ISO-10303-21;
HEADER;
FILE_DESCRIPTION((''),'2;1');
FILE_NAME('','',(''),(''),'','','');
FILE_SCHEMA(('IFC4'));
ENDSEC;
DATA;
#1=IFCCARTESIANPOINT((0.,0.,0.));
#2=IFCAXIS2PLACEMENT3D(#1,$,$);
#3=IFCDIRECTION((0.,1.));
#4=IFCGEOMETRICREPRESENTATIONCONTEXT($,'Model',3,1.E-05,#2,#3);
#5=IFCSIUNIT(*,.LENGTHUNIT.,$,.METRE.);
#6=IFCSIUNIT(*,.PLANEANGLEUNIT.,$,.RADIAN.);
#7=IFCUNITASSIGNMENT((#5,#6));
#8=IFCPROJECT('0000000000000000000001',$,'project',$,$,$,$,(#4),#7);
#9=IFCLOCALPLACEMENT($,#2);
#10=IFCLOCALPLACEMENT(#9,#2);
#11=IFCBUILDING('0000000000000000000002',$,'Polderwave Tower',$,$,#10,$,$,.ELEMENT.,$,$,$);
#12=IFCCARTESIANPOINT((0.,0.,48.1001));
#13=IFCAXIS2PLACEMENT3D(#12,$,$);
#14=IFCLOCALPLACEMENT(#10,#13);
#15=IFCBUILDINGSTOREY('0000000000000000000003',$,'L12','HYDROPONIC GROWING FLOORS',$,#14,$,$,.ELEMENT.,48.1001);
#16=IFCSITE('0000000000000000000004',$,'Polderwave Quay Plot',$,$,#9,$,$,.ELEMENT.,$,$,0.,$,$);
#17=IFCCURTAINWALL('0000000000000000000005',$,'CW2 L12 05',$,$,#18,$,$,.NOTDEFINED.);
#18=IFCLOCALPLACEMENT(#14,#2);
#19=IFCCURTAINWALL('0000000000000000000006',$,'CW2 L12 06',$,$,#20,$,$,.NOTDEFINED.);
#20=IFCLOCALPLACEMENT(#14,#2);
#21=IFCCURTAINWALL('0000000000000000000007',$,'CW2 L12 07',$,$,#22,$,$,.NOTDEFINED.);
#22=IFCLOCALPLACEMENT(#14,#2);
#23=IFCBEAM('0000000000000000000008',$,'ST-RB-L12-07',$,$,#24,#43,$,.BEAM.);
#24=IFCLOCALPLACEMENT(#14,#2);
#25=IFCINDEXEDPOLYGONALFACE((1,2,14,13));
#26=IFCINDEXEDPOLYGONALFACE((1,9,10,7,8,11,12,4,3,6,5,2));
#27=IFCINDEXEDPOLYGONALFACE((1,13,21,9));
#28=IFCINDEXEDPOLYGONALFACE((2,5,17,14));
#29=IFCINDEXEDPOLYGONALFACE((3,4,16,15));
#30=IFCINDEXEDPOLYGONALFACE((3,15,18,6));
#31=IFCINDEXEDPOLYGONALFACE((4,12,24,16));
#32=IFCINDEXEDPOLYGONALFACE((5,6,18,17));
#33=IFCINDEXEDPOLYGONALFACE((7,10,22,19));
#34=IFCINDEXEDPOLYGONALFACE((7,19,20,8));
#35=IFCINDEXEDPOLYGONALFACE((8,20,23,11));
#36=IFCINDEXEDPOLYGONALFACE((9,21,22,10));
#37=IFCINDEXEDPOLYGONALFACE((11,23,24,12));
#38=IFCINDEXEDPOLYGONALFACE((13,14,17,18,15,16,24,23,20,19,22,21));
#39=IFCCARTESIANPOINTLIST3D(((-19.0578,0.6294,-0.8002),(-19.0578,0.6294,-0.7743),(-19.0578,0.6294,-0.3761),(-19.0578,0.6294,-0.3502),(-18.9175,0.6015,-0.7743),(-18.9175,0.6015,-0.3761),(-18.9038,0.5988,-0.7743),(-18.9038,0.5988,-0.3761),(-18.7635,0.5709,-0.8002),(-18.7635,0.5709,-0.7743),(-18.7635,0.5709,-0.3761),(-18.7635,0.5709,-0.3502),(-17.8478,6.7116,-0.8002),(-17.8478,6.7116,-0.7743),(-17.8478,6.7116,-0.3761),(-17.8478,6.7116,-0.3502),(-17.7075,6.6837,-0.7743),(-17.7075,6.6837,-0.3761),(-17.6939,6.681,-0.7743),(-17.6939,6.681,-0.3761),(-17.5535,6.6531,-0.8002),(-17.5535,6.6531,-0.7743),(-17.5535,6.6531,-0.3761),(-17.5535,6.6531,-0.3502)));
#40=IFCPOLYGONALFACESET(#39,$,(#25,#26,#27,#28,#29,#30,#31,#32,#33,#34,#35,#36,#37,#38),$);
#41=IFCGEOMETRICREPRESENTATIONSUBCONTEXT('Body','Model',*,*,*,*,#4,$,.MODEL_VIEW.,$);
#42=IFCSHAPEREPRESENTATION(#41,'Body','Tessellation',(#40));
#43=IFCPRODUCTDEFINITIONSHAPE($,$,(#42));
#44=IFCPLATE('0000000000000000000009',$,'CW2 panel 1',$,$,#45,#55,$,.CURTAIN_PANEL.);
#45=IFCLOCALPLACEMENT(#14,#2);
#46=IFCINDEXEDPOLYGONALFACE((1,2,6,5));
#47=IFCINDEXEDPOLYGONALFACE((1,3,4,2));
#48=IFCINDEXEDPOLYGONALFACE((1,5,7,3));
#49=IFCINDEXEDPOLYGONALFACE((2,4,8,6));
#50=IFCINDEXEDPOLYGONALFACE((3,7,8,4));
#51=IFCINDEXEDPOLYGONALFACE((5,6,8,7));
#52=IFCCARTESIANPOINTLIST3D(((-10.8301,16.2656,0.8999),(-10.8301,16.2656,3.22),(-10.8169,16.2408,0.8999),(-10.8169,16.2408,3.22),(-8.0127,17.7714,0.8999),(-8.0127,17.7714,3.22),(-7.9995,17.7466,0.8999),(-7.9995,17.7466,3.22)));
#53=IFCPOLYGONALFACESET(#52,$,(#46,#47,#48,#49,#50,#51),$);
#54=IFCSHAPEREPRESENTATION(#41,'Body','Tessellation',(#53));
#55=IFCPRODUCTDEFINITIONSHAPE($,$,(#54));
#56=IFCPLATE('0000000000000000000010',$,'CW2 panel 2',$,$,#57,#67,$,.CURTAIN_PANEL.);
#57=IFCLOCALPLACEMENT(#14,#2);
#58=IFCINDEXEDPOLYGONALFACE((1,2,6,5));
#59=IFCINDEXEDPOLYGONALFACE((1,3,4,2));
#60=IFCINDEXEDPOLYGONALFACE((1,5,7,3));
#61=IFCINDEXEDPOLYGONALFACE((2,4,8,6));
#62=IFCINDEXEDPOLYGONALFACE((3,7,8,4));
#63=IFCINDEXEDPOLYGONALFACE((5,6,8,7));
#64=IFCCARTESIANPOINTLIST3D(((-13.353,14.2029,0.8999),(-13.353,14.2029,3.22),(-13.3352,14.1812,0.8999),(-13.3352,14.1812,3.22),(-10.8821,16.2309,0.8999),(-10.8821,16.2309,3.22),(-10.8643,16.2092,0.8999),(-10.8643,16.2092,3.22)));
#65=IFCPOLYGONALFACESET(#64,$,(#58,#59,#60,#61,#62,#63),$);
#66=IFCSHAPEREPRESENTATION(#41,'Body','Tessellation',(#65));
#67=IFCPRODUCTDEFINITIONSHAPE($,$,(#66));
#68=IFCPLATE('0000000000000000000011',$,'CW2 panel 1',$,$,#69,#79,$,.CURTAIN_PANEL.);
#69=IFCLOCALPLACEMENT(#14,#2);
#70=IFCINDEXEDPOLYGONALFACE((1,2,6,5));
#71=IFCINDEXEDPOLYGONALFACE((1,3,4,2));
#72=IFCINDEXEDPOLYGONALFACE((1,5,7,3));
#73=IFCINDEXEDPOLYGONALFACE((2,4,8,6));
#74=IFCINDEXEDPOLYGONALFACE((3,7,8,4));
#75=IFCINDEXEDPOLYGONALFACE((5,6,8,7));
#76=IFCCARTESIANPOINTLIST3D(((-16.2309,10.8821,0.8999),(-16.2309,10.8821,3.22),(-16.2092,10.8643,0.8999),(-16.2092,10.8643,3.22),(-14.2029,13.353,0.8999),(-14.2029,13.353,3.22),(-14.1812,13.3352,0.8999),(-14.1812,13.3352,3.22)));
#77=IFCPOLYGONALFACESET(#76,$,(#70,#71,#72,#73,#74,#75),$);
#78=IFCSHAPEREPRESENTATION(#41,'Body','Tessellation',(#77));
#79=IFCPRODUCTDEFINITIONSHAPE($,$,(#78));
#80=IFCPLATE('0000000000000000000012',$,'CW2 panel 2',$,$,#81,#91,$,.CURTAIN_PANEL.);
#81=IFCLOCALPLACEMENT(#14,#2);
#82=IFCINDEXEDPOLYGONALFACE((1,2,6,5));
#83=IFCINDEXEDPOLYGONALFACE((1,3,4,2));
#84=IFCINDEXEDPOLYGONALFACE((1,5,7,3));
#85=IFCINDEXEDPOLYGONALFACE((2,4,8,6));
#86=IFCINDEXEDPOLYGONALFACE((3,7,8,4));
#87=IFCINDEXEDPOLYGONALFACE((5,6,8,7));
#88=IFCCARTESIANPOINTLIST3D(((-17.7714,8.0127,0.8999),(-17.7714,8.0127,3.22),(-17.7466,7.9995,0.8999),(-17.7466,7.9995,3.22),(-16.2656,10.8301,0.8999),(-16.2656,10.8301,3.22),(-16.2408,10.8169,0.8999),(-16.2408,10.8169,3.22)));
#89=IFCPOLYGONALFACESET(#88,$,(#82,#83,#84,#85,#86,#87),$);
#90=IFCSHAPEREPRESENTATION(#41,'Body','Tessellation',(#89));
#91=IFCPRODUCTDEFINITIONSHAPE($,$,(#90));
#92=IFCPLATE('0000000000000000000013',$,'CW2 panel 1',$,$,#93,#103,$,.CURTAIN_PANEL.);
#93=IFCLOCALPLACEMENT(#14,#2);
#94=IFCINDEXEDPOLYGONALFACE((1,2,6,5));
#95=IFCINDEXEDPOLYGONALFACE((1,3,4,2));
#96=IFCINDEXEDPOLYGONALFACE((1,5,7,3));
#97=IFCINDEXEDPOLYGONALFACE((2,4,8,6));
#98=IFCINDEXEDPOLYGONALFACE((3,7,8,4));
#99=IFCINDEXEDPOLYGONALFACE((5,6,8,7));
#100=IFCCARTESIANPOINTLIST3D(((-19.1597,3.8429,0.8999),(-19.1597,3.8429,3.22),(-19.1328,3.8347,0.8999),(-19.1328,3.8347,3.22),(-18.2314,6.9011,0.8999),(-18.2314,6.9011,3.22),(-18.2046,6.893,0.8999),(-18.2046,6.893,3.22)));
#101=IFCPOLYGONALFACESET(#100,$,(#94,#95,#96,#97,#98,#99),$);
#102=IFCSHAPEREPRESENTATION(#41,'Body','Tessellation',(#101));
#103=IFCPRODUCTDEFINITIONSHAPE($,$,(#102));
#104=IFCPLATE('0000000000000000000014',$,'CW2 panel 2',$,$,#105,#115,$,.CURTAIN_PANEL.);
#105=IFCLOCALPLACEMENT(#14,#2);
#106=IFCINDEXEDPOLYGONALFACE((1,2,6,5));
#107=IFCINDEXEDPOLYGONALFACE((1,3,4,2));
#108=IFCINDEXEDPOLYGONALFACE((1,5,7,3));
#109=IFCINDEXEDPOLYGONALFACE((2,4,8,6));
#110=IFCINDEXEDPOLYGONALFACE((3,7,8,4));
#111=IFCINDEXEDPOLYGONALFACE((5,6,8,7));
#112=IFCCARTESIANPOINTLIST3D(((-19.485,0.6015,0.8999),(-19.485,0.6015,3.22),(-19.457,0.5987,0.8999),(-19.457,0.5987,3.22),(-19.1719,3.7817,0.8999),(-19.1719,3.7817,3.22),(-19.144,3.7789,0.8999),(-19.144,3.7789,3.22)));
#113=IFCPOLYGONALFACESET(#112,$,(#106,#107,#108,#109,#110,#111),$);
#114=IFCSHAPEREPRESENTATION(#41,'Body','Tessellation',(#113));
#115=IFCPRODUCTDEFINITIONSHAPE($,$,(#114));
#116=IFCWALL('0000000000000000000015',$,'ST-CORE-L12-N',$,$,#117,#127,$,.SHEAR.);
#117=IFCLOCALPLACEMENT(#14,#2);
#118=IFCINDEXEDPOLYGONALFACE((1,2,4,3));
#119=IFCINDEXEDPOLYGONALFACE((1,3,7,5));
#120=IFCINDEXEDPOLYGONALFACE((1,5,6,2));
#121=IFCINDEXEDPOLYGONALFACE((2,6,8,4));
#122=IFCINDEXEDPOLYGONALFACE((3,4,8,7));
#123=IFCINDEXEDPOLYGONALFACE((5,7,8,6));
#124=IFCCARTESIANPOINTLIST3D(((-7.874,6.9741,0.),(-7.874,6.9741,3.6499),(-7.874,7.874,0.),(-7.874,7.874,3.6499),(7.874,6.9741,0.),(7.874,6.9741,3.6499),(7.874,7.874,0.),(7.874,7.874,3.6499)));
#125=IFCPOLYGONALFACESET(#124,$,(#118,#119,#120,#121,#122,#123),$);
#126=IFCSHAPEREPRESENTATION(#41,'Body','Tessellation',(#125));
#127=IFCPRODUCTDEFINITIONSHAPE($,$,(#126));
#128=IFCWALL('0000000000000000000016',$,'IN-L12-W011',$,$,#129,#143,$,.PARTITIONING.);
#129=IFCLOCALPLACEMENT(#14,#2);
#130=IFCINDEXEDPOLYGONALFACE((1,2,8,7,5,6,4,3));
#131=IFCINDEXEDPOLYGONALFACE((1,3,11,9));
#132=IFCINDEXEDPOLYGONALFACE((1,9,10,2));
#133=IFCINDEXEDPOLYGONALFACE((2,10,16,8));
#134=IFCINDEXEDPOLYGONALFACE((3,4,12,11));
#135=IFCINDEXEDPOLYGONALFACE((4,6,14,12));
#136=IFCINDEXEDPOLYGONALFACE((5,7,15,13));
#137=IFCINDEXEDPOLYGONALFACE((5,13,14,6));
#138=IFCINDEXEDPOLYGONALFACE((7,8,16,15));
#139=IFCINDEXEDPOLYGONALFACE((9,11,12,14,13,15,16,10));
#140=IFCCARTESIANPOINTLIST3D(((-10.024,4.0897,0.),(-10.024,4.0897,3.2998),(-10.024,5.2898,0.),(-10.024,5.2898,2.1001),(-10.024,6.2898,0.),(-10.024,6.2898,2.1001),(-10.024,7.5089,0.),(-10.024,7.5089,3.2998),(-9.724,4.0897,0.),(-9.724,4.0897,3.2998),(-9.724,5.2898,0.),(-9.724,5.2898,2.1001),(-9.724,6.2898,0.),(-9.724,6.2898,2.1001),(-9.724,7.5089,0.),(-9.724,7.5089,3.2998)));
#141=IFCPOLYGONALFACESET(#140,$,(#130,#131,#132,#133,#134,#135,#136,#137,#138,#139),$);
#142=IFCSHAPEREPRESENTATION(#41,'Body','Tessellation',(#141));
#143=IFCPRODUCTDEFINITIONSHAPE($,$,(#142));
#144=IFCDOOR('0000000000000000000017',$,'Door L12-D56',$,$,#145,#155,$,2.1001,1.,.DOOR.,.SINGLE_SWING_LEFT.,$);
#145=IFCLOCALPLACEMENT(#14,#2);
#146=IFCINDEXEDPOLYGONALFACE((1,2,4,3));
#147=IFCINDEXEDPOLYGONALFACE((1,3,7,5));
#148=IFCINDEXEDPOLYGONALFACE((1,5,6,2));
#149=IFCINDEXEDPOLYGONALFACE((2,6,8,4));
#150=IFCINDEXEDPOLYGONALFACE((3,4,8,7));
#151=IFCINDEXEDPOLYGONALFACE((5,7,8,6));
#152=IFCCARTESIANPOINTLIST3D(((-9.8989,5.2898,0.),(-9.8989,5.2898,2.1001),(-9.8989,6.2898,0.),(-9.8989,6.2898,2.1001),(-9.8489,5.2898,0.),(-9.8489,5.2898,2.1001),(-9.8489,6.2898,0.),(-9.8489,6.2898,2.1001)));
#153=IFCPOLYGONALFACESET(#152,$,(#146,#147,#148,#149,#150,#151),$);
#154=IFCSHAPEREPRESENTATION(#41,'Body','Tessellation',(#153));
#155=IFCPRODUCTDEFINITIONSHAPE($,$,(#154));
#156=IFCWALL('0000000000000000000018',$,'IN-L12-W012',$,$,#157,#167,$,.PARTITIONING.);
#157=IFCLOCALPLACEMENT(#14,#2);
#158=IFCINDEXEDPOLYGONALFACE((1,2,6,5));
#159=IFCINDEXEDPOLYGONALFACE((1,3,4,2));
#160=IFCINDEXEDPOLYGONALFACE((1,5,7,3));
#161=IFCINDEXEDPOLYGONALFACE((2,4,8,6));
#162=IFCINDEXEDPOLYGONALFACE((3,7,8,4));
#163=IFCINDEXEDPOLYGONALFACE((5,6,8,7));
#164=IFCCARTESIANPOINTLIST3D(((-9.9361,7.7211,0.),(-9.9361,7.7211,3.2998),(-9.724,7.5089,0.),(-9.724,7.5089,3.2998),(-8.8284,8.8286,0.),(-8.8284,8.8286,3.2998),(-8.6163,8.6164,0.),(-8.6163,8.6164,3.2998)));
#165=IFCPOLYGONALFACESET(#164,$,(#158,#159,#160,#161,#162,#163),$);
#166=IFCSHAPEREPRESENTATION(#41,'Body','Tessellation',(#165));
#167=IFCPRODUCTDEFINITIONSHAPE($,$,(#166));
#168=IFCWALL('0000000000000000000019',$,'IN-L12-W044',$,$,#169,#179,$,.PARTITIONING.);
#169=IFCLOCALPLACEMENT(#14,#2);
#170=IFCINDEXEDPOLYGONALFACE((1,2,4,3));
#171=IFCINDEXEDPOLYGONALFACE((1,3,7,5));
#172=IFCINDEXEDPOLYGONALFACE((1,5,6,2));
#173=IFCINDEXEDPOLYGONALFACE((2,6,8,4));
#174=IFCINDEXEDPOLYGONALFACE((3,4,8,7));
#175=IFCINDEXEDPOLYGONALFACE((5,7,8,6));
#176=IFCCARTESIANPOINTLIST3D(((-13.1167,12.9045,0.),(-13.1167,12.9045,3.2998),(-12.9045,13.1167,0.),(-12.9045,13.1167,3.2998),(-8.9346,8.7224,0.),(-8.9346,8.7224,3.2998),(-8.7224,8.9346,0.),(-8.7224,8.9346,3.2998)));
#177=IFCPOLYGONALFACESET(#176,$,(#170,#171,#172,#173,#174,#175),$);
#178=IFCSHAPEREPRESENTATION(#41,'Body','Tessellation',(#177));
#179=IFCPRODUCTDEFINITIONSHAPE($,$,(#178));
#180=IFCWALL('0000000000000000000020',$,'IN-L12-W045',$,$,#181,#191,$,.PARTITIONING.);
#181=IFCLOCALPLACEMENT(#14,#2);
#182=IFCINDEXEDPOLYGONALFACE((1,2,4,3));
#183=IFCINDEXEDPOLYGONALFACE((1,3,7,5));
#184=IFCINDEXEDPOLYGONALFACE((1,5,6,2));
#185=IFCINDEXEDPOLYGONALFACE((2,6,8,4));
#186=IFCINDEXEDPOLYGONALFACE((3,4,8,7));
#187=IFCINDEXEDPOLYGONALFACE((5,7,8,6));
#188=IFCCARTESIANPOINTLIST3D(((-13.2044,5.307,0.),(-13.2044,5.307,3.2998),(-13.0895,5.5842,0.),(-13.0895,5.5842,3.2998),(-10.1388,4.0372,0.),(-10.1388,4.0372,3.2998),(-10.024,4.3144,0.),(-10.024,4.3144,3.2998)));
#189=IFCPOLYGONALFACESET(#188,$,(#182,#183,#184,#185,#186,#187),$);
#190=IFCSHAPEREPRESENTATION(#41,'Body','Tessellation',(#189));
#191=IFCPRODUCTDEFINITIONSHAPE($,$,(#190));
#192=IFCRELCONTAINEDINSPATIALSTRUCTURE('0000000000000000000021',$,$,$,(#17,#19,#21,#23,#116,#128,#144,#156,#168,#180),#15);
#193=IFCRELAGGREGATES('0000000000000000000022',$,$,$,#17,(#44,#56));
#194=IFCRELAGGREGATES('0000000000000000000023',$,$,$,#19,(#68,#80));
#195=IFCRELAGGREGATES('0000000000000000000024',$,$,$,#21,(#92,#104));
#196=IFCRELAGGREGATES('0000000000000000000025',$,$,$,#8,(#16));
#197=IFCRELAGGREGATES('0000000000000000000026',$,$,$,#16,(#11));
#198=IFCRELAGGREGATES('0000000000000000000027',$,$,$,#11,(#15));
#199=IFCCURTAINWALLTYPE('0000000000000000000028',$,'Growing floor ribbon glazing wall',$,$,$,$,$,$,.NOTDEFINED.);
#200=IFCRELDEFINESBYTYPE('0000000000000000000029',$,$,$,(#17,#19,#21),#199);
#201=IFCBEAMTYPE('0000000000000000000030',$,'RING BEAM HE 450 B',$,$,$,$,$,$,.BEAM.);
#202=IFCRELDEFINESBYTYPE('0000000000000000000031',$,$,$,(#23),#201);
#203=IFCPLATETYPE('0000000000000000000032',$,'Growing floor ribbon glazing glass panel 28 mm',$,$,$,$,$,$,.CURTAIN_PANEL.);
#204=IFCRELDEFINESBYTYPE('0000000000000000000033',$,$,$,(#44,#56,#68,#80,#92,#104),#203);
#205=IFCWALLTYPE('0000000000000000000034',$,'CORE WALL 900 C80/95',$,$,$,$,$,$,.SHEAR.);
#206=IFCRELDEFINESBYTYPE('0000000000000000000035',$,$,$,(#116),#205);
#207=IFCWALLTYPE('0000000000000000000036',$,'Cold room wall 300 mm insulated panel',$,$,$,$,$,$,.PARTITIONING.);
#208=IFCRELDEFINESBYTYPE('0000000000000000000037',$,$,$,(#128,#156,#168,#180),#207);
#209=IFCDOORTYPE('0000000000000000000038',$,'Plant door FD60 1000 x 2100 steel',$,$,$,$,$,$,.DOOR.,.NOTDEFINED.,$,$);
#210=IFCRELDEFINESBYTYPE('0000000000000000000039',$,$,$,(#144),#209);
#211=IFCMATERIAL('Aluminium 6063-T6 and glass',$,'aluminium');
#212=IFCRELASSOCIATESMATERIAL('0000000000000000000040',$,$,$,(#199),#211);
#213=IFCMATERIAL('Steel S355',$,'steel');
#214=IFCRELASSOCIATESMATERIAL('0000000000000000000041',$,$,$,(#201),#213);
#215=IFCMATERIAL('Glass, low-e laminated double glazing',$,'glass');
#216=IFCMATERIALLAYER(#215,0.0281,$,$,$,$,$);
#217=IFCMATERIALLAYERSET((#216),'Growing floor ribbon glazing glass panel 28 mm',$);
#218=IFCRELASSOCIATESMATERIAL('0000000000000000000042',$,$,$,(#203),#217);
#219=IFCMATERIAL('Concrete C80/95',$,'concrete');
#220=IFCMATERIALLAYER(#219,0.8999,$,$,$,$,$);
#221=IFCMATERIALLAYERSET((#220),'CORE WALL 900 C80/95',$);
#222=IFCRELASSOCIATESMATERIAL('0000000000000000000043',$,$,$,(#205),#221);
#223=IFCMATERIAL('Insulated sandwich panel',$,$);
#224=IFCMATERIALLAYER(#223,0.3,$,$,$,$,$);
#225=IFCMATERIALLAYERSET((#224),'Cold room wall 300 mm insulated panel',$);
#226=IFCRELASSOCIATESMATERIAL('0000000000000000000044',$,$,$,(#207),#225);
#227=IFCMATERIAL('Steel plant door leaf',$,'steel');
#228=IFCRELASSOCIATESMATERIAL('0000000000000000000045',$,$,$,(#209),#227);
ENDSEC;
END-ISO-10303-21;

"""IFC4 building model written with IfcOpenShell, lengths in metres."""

from ifc_helpers import new_model, si_unit, direction, frame, frame_2d, origin, origin_2d, place, context, subcontext, project, spatial, rectangle, i_section, extrude, material, layer, layer_set, material_profile, profile_set, type_object, element, fill, aggregate, save


model = new_model("IFC4")

# Units and contexts
model_context = context("Model", 3, precision=1e-05, world=origin(), true_north=direction((0.0, 1.0)))
body_context = subcontext(model_context, "Body", "Model", "MODEL_VIEW")
ifc_project = project(units=[si_unit("LENGTHUNIT", "METRE"), si_unit("PLANEANGLEUNIT", "RADIAN")], contexts=[model_context])

# Site, building, storey
site_placement = place(None, origin())
site = spatial("IfcSite", under=ifc_project, at=site_placement, Name="Polderwave Quay Plot", CompositionType="ELEMENT", RefElevation=0.0)
building_placement = place(site_placement, origin())
building = spatial("IfcBuilding", under=site, at=building_placement, Name="Polderwave Tower", CompositionType="ELEMENT")
storey_placement = place(building_placement, frame((0.0, 0.0, 48.1001)))
storey = spatial("IfcBuildingStorey", under=building, at=storey_placement, Name="L12", Description="HYDROPONIC GROWING FLOORS", CompositionType="ELEMENT", Elevation=48.1001)

# Curtain walls
ifc_material_1 = material(Name="Aluminium 6063-T6 and glass", Category="aluminium")
curtain_wall_type = type_object("IfcCurtainWallType", Name="Growing floor ribbon glazing wall", PredefinedType="NOTDEFINED", material=ifc_material_1)
curtain_wall_1_placement = place(storey_placement, origin())
curtain_wall_1 = element("IfcCurtainWall", 1, at=curtain_wall_1_placement, inside=storey, type_object=curtain_wall_type, Name="CW2 L12 05", PredefinedType="NOTDEFINED")
curtain_wall_2_placement = place(storey_placement, origin())
curtain_wall_2 = element("IfcCurtainWall", 2, at=curtain_wall_2_placement, inside=storey, type_object=curtain_wall_type, Name="CW2 L12 06", PredefinedType="NOTDEFINED")
curtain_wall_3_placement = place(storey_placement, origin())
curtain_wall_3 = element("IfcCurtainWall", 3, at=curtain_wall_3_placement, inside=storey, type_object=curtain_wall_type, Name="CW2 L12 07", PredefinedType="NOTDEFINED")

# Beam
ifc_material_2 = material(Name="Steel S355", Category="steel")
ifc_material_profile_1 = material_profile(ifc_material_2, i_section(OverallWidth=0.3, OverallDepth=0.45, WebThickness=0.0139, FlangeThickness=0.0259, at=origin_2d()), Name="HE 450 B")
ifc_profile_set_1 = profile_set([ifc_material_profile_1], Name="Steel S355")
beam_type = type_object("IfcBeamType", Name="RING BEAM HE 450 B", PredefinedType="BEAM", material=ifc_profile_set_1)
beam_placement = place(storey_placement, frame((-17.7007, 6.6824, -0.5752), z_axis=(-0.195109, -0.980782, 0.0), x_axis=(0.980782, -0.195109, 0.0)))
element("IfcBeam", 4, at=beam_placement, inside=storey, type_object=beam_type, Name="ST-RB-L12-07", PredefinedType="BEAM", context=body_context, shape_type="SweptSolid", body=[
    extrude(i_section(OverallWidth=0.3, OverallDepth=0.45, WebThickness=0.0139, FlangeThickness=0.0259, at=origin_2d()), origin(), (0.0, 0.0, 1.0), 6.2014),
])

# Plates
ifc_material_3 = material(Name="Glass, low-e laminated double glazing", Category="glass")
ifc_layer_1 = layer(ifc_material_3, 0.0281)
ifc_layer_set_1 = layer_set([ifc_layer_1], Name="Growing floor ribbon glazing glass panel 28 mm")
plate_type = type_object("IfcPlateType", Name="Growing floor ribbon glazing glass panel 28 mm", PredefinedType="CURTAIN_PANEL", material=ifc_layer_set_1)
plate_1_placement = place(storey_placement, frame((-9.4148, 17.0061, 0.8999), z_axis=(0.0, 0.0, 1.0), x_axis=(-0.88194, -0.471361, 0.0)))
plate_1 = element("IfcPlate", 5, at=plate_1_placement, type_object=plate_type, Name="CW2 panel 1", PredefinedType="CURTAIN_PANEL", context=body_context, shape_type="SweptSolid", body=[
    extrude(rectangle(XDim=3.1946, YDim=0.0281, at=origin_2d()), origin(), (0.0, 0.0, 1.0), 2.3201),
])
plate_2_placement = place(storey_placement, frame((-12.1086, 15.2061, 0.8999), z_axis=(0.0, 0.0, 1.0), x_axis=(-0.772976, -0.634435, 0.0)))
plate_2 = element("IfcPlate", 6, at=plate_2_placement, type_object=plate_type, Name="CW2 panel 2", PredefinedType="CURTAIN_PANEL", context=body_context, shape_type="SweptSolid", body=[
    extrude(rectangle(XDim=3.1965, YDim=0.0281, at=origin_2d()), origin(), (0.0, 0.0, 1.0), 2.3201),
])
aggregate(curtain_wall_1, [plate_1, plate_2])
plate_3_placement = place(storey_placement, frame((-15.2061, 12.1086, 0.8999), z_axis=(0.0, 0.0, 1.0), x_axis=(-0.634435, -0.772976, 0.0)))
plate_3 = element("IfcPlate", 7, at=plate_3_placement, type_object=plate_type, Name="CW2 panel 1", PredefinedType="CURTAIN_PANEL", context=body_context, shape_type="SweptSolid", body=[
    extrude(rectangle(XDim=3.1965, YDim=0.0281, at=origin_2d()), origin(), (0.0, 0.0, 1.0), 2.3201),
])
plate_4_placement = place(storey_placement, frame((-17.0061, 9.4148, 0.8999), z_axis=(0.0, 0.0, 1.0), x_axis=(-0.471361, -0.88194, 0.0)))
plate_4 = element("IfcPlate", 8, at=plate_4_placement, type_object=plate_type, Name="CW2 panel 2", PredefinedType="CURTAIN_PANEL", context=body_context, shape_type="SweptSolid", body=[
    extrude(rectangle(XDim=3.1946, YDim=0.0281, at=origin_2d()), origin(), (0.0, 0.0, 1.0), 2.3201),
])
aggregate(curtain_wall_2, [plate_3, plate_4])
plate_5_placement = place(storey_placement, frame((-18.6821, 5.3679, 0.8999), z_axis=(0.0, 0.0, 1.0), x_axis=(-0.290447, -0.956891, 0.0)))
plate_5 = element("IfcPlate", 9, at=plate_5_placement, type_object=plate_type, Name="CW2 panel 1", PredefinedType="CURTAIN_PANEL", context=body_context, shape_type="SweptSolid", body=[
    extrude(rectangle(XDim=3.196, YDim=0.0281, at=origin_2d()), origin(), (0.0, 0.0, 1.0), 2.3201),
])
plate_6_placement = place(storey_placement, frame((-19.3145, 2.1902, 0.8999), z_axis=(0.0, 0.0, 1.0), x_axis=(-0.097969, -0.99519, 0.0)))
plate_6 = element("IfcPlate", 10, at=plate_6_placement, type_object=plate_type, Name="CW2 panel 2", PredefinedType="CURTAIN_PANEL", context=body_context, shape_type="SweptSolid", body=[
    extrude(rectangle(XDim=3.1956, YDim=0.0281, at=origin_2d()), origin(), (0.0, 0.0, 1.0), 2.3201),
])
aggregate(curtain_wall_3, [plate_5, plate_6])

# Wall
ifc_material_4 = material(Name="Concrete C80/95", Category="concrete")
ifc_layer_2 = layer(ifc_material_4, 0.8999)
ifc_layer_set_2 = layer_set([ifc_layer_2], Name="CORE WALL 900 C80/95")
wall_type_1 = type_object("IfcWallType", Name="CORE WALL 900 C80/95", PredefinedType="SHEAR", material=ifc_layer_set_2)
wall_1_placement = place(storey_placement, frame((-7.874, 7.4241, 0.0), z_axis=(0.0, 0.0, 1.0), x_axis=(1.0, 0.0, 0.0)))
element("IfcWall", 11, at=wall_1_placement, inside=storey, type_object=wall_type_1, Name="ST-CORE-L12-N", PredefinedType="SHEAR", context=body_context, shape_type="SweptSolid", body=[
    extrude(rectangle(XDim=15.748, YDim=0.8999, at=frame_2d((7.874, 0.0))), origin(), (0.0, 0.0, 1.0), 3.6499),
])

# Wall, opening, door
ifc_material_5 = material(Name="Insulated sandwich panel")
ifc_layer_3 = layer(ifc_material_5, 0.3)
ifc_layer_set_3 = layer_set([ifc_layer_3], Name="Cold room wall 300 mm insulated panel")
wall_type_2 = type_object("IfcWallType", Name="Cold room wall 300 mm insulated panel", PredefinedType="PARTITIONING", material=ifc_layer_set_3)
wall_2_placement = place(storey_placement, frame((-9.874, 4.0898, 0.0), z_axis=(0.0, 0.0, 1.0), x_axis=(0.0, 1.0, 0.0)))
wall_2 = element("IfcWall", 12, at=wall_2_placement, inside=storey, type_object=wall_type_2, Name="IN-L12-W011", PredefinedType="PARTITIONING", context=body_context, shape_type="SweptSolid", body=[
    extrude(rectangle(XDim=3.4192, YDim=0.3, at=frame_2d((1.7095, 0.0))), origin(), (0.0, 0.0, 1.0), 3.2998),
])
opening_placement = place(wall_2_placement, frame((1.2, 0.0, 0.0)))
opening = element("IfcOpeningElement", 13, at=opening_placement, cuts=wall_2, PredefinedType="OPENING", context=body_context, shape_type="SweptSolid", body=[
    extrude(rectangle(XDim=1.0, YDim=2.1001, at=frame_2d((0.5, 1.05))), frame((0.0, 0.1599, 0.0), z_axis=(0.0, -1.0, 0.0), x_axis=(1.0, 0.0, 0.0)), (0.0, 0.0, 1.0), 0.3201),
])
ifc_material_6 = material(Name="Steel plant door leaf", Category="steel")
door_type = type_object("IfcDoorType", Name="Plant door FD60 1000 x 2100 steel", OperationType="NOTDEFINED", PredefinedType="DOOR", material=ifc_material_6)
door_placement = place(opening_placement, origin())
door = element("IfcDoor", 14, at=door_placement, inside=storey, type_object=door_type, Name="Door L12-D56", OperationType="SINGLE_SWING_LEFT", OverallHeight=2.1001, OverallWidth=1.0, PredefinedType="DOOR", context=body_context, shape_type="SweptSolid", body=[
    extrude(rectangle(XDim=1.0, YDim=2.1001, at=frame_2d((0.5, 1.05))), frame((0.0, 0.0249, 0.0), z_axis=(0.0, -1.0, 0.0), x_axis=(1.0, 0.0, 0.0)), (0.0, 0.0, 1.0), 0.05),
])
fill(opening, door)

# Walls
wall_3_placement = place(storey_placement, frame((-9.8301, 7.615, 0.0), z_axis=(0.0, 0.0, 1.0), x_axis=(0.707185, 0.707029, 0.0)))
element("IfcWall", 15, at=wall_3_placement, inside=storey, type_object=wall_type_2, Name="IN-L12-W012", PredefinedType="PARTITIONING", context=body_context, shape_type="SweptSolid", body=[
    extrude(rectangle(XDim=1.5664, YDim=0.3, at=frame_2d((0.7832, 0.0))), origin(), (0.0, 0.0, 1.0), 3.2998),
])
wall_4_placement = place(storey_placement, frame((-8.8286, 8.8286, 0.0), z_axis=(0.0, 0.0, 1.0), x_axis=(-0.707107, 0.707107, 0.0)))
element("IfcWall", 16, at=wall_4_placement, inside=storey, type_object=wall_type_2, Name="IN-L12-W044", PredefinedType="PARTITIONING", context=body_context, shape_type="SweptSolid", body=[
    extrude(rectangle(XDim=5.9143, YDim=0.3, at=frame_2d((2.957, 0.0))), origin(), (0.0, 0.0, 1.0), 3.2998),
])
wall_5_placement = place(storey_placement, frame((-10.0813, 4.1758, 0.0), z_axis=(0.0, 0.0, 1.0), x_axis=(-0.923876, 0.382692, 0.0)))
element("IfcWall", 17, at=wall_5_placement, inside=storey, type_object=wall_type_2, Name="IN-L12-W045", PredefinedType="PARTITIONING", context=body_context, shape_type="SweptSolid", body=[
    extrude(rectangle(XDim=3.3181, YDim=0.3, at=frame_2d((1.6592, 0.0))), origin(), (0.0, 0.0, 1.0), 3.2998),
])

save(model, "model.ifc")
